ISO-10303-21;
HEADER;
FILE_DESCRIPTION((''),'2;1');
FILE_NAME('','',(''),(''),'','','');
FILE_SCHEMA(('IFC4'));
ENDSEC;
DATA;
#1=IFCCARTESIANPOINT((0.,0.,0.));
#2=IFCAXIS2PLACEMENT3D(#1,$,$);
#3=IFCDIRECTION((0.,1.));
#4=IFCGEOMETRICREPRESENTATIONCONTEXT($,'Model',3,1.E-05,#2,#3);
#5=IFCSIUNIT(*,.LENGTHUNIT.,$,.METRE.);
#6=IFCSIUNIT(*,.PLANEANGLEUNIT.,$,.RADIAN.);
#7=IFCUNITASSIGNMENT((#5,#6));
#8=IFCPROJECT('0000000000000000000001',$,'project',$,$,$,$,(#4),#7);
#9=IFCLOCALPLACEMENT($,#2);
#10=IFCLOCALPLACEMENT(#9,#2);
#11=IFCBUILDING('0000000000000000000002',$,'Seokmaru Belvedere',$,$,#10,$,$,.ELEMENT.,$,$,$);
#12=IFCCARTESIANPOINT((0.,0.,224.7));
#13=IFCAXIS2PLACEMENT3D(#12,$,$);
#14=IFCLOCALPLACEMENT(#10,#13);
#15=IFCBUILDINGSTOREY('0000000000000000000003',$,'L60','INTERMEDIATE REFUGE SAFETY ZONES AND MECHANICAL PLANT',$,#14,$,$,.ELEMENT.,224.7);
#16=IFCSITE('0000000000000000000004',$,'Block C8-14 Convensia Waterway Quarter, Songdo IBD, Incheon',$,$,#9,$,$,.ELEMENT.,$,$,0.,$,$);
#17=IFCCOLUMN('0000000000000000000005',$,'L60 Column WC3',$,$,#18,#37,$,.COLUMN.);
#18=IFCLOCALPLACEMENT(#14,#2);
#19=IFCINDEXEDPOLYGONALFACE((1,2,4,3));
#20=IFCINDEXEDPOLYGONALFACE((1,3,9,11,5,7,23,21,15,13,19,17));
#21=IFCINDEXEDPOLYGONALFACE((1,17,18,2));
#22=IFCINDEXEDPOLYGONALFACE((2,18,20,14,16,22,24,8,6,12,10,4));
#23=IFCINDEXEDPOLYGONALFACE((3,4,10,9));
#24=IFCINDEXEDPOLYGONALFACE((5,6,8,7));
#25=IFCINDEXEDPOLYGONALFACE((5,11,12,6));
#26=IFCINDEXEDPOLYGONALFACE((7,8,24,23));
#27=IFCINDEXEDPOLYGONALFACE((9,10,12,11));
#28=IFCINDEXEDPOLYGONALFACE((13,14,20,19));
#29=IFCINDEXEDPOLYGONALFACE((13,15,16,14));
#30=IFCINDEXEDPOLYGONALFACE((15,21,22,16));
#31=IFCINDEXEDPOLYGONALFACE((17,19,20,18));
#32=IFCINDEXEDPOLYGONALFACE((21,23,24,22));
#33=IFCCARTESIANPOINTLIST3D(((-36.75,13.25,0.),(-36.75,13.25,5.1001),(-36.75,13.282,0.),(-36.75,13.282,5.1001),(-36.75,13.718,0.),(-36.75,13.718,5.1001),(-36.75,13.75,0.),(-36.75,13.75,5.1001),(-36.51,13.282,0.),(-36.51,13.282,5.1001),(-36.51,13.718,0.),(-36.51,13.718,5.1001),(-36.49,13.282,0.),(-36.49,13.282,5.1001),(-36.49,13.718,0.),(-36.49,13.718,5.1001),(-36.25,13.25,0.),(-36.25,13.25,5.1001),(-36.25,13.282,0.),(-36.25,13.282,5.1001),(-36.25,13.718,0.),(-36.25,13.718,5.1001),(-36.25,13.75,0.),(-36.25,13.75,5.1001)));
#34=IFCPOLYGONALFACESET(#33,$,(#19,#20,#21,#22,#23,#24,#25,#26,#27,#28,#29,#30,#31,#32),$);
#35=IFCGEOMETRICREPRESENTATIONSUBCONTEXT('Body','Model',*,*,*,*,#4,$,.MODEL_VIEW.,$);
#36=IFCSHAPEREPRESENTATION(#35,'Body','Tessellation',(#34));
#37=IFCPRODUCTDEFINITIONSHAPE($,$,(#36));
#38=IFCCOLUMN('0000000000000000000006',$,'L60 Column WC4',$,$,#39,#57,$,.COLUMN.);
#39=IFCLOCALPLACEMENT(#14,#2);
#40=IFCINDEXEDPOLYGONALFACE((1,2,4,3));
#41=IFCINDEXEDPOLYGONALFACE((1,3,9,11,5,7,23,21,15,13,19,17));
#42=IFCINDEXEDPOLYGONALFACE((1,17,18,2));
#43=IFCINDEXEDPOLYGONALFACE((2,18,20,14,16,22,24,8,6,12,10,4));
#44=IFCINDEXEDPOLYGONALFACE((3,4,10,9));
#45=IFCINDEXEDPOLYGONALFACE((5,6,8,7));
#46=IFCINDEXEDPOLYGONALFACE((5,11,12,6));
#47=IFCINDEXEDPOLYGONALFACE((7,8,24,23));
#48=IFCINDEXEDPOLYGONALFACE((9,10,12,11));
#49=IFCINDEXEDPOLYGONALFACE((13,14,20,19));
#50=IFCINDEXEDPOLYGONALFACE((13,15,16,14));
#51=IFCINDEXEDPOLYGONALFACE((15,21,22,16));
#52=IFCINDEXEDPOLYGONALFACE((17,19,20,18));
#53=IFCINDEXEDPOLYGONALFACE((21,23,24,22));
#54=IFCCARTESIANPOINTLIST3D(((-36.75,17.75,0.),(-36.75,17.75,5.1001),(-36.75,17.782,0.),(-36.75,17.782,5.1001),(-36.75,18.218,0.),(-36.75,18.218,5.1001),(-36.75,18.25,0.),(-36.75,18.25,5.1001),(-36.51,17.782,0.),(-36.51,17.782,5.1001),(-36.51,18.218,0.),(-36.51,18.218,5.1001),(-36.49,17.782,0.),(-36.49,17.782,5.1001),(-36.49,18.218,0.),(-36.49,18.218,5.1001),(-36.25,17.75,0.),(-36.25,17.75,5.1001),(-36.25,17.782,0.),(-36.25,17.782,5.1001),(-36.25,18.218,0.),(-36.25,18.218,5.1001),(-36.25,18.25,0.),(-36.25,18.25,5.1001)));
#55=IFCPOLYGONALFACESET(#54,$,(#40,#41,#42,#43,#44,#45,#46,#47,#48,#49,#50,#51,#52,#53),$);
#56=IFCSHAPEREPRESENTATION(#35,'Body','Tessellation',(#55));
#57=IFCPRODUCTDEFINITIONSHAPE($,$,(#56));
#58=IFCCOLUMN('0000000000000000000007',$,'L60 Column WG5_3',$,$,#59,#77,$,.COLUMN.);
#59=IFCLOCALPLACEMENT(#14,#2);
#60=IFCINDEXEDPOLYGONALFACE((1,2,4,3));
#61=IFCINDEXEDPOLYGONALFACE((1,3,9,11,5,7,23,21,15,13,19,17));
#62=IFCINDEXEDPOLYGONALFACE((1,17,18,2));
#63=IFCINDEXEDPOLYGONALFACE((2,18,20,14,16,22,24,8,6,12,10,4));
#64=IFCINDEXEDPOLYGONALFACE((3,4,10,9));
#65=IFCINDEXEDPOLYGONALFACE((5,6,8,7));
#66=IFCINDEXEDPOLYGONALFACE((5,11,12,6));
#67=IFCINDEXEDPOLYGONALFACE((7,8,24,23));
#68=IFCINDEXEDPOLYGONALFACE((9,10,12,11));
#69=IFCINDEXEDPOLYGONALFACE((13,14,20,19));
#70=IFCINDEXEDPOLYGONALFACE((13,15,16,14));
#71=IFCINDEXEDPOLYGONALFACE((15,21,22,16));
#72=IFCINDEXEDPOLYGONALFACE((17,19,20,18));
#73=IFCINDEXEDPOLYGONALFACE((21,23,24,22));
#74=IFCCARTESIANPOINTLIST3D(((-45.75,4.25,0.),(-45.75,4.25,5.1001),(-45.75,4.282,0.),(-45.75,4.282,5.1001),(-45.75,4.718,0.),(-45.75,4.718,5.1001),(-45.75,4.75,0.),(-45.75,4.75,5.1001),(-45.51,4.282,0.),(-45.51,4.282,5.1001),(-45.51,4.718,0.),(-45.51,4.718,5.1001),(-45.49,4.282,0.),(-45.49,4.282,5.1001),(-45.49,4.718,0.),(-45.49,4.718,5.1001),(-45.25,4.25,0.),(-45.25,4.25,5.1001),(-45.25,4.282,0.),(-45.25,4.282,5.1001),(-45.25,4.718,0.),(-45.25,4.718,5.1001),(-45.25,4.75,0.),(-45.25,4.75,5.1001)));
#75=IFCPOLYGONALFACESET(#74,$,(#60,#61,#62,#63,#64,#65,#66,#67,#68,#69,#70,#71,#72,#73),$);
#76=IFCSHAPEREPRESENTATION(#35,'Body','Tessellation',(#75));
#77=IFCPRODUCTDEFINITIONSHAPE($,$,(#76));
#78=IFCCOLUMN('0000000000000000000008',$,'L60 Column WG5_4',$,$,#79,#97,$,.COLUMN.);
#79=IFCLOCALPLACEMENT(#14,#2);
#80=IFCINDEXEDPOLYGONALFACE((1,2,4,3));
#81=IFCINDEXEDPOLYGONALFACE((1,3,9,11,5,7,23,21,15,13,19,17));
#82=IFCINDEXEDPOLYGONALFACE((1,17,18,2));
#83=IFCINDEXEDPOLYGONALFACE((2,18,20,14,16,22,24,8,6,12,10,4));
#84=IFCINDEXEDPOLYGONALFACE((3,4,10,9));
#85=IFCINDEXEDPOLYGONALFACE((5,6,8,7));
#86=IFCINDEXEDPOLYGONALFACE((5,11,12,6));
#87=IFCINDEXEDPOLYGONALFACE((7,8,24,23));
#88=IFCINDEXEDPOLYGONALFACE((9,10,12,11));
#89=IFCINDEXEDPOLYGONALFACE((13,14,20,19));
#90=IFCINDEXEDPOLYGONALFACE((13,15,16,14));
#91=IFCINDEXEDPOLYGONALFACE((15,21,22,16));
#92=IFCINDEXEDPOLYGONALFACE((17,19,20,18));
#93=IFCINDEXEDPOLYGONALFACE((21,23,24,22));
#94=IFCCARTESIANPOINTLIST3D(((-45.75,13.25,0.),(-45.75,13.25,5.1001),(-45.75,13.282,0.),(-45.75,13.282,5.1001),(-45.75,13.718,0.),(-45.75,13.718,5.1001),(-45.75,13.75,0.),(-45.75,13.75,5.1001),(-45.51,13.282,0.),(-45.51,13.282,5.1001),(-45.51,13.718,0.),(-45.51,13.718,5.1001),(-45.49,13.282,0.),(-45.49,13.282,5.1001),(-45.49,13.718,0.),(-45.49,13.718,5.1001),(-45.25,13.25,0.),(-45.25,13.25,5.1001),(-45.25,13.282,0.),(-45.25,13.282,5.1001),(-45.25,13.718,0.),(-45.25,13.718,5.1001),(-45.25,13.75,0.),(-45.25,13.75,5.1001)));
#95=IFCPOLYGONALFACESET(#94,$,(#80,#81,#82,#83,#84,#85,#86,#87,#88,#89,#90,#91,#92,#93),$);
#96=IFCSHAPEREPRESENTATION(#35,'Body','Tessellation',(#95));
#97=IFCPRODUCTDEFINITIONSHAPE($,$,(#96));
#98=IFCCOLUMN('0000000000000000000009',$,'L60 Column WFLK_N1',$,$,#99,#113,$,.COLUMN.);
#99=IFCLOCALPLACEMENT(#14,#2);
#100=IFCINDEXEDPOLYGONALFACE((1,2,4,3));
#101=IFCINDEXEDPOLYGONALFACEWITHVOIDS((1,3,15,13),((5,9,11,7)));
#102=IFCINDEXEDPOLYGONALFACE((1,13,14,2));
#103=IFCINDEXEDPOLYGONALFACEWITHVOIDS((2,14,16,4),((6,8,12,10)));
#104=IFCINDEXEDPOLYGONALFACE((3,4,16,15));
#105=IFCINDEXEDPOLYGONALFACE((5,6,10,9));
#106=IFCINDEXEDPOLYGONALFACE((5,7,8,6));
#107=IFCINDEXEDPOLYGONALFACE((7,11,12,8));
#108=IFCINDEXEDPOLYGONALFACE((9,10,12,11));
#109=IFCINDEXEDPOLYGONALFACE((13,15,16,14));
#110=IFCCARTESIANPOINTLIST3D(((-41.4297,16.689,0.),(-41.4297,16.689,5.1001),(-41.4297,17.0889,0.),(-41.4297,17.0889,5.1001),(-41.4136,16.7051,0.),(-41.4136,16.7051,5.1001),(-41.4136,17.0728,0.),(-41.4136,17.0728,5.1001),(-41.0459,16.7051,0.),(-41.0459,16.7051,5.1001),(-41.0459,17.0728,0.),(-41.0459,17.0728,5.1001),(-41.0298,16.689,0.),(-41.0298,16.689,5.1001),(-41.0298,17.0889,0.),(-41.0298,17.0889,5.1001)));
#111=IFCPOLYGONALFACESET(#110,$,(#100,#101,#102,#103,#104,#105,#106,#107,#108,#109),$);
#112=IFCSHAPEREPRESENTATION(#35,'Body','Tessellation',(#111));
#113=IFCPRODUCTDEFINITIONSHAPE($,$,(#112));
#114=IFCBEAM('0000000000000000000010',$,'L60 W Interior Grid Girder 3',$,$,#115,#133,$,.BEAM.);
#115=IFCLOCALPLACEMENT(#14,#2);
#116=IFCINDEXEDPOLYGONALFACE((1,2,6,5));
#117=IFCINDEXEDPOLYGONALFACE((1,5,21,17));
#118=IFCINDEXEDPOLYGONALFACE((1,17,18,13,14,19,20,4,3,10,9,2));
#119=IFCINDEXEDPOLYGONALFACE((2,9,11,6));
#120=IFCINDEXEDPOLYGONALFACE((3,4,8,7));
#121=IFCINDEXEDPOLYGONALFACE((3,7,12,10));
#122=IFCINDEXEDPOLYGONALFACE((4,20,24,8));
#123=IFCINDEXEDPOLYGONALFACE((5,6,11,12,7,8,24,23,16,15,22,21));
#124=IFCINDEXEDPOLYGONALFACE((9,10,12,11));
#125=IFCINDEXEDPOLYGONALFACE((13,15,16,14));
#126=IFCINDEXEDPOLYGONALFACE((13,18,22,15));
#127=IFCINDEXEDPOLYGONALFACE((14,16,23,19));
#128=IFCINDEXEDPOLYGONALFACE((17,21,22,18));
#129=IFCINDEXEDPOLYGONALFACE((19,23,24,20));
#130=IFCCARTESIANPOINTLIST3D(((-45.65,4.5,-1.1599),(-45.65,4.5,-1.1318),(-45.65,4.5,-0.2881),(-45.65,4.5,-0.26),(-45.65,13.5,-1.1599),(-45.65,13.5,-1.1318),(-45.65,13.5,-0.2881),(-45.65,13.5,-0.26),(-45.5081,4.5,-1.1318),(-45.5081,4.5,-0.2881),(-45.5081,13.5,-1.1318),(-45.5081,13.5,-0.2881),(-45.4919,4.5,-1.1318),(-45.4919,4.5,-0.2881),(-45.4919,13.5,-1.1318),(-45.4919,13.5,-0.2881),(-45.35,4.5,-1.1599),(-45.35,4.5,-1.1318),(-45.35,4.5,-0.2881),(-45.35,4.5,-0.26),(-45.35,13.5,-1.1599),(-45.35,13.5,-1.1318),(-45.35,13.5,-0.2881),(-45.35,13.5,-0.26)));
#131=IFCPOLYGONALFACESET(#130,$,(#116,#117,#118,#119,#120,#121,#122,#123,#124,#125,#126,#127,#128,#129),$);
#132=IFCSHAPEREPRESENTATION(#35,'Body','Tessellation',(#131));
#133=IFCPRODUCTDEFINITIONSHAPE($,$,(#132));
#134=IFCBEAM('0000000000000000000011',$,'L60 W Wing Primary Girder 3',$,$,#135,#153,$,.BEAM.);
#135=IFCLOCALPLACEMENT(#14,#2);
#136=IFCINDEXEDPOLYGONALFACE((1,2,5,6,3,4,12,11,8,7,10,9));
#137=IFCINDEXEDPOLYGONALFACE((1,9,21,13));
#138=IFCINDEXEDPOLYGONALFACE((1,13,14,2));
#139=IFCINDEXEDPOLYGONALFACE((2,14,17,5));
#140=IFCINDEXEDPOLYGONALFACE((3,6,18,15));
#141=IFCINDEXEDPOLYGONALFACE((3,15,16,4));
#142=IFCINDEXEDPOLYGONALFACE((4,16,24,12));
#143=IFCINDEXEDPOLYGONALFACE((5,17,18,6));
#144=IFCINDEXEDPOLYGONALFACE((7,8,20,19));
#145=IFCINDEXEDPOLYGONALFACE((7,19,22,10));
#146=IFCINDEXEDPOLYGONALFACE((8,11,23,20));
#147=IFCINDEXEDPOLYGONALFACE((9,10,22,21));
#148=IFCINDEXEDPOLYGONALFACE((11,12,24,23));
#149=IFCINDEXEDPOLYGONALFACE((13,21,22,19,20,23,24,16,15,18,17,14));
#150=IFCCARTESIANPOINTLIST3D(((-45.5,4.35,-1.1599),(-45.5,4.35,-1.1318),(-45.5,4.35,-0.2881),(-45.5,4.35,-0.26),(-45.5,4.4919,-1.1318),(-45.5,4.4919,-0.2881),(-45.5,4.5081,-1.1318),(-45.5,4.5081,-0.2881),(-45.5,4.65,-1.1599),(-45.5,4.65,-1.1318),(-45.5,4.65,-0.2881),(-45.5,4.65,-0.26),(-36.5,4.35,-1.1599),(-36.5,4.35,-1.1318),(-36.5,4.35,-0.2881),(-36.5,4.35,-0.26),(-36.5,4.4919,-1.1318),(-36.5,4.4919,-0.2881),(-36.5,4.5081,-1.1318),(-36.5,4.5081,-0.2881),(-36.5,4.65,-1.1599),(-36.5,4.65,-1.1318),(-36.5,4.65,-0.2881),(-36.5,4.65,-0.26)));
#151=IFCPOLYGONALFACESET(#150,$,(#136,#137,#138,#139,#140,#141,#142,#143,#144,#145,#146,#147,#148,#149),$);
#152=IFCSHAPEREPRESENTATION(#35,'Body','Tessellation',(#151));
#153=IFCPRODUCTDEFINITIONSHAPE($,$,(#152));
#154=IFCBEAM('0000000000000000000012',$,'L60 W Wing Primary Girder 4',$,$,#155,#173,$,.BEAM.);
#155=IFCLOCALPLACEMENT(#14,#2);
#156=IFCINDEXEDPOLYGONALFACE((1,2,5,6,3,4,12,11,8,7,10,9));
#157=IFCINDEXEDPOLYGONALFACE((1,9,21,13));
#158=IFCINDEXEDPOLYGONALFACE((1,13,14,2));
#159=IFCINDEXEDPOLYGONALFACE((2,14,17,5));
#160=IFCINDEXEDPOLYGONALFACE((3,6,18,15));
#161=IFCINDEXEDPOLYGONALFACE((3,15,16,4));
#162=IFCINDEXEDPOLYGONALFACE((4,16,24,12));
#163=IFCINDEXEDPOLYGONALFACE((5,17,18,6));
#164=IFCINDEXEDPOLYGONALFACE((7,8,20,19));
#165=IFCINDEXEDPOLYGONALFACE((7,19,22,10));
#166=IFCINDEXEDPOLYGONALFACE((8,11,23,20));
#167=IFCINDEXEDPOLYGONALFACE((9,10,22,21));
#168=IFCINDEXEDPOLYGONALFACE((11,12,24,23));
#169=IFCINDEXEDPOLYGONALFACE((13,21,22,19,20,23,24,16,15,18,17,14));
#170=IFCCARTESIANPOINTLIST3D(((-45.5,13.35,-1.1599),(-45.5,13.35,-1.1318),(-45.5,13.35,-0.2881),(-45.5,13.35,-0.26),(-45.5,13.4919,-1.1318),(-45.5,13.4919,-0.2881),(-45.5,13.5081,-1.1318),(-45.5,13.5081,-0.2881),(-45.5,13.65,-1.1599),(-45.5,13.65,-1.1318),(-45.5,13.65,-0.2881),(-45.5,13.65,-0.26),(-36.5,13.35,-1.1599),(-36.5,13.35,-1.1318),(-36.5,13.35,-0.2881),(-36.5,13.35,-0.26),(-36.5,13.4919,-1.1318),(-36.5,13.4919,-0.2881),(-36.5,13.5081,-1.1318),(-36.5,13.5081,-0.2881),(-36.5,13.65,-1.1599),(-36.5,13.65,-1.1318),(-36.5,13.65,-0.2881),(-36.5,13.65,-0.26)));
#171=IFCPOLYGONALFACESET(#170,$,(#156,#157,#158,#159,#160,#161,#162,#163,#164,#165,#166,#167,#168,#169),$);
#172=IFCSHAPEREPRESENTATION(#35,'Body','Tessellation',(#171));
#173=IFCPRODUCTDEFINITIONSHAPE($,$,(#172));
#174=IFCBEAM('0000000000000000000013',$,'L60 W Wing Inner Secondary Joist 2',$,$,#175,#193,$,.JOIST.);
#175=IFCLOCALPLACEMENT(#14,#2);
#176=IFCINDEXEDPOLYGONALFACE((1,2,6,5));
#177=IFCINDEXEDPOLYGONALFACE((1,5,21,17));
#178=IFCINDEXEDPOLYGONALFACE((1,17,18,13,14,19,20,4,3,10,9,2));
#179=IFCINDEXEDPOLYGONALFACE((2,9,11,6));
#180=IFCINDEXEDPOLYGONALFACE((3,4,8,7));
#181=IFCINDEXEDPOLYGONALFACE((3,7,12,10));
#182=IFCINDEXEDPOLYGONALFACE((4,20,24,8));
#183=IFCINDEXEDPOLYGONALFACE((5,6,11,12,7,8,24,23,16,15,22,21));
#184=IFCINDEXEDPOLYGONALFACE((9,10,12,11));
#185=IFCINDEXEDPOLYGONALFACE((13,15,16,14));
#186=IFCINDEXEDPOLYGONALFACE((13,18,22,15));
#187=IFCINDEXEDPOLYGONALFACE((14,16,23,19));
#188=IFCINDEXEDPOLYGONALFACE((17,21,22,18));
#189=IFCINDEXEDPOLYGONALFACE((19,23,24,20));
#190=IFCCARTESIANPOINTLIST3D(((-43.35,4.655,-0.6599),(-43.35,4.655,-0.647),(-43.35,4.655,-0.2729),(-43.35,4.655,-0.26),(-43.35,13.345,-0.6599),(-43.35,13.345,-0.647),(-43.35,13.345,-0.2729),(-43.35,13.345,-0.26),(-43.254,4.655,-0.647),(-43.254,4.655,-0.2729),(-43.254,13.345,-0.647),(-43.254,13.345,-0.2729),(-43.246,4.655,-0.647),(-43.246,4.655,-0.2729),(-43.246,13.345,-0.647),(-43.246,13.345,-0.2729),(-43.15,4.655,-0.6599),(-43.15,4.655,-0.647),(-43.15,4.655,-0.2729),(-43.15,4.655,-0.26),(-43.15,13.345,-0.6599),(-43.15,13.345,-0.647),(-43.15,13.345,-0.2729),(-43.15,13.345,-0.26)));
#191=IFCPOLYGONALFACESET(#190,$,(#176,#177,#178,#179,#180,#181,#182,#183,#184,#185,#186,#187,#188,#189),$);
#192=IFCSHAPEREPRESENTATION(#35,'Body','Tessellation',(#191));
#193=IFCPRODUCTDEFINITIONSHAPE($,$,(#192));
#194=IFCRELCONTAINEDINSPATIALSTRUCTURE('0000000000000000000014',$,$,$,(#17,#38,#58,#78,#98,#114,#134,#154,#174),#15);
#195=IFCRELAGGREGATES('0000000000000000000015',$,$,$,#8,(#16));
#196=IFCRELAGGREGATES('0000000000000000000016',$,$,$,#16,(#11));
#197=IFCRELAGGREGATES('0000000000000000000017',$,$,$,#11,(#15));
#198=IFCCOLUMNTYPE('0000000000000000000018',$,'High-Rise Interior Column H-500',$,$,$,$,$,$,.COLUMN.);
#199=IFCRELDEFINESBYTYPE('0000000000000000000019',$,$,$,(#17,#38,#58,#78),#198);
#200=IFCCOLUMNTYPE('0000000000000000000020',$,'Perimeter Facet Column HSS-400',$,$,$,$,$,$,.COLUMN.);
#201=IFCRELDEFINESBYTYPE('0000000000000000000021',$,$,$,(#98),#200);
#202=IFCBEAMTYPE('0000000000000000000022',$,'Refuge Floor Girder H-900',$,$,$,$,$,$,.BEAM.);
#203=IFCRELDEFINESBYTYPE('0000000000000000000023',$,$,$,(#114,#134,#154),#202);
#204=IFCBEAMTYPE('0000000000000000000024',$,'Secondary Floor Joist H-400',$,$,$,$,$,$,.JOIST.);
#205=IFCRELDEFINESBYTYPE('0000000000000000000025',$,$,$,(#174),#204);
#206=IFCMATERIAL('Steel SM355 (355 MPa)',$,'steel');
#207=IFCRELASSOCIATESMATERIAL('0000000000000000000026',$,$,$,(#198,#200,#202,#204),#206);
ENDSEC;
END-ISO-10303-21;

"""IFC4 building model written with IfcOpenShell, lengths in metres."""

from ifc_helpers import new_model, si_unit, direction, frame, origin, origin_2d, place, context, subcontext, project, spatial, hollow_rectangle, i_section, extrude, source, transform, mapped, material, material_profile, profile_set, type_object, type_shapes, element, save


model = new_model("IFC4")

# Units and contexts
model_context = context("Model", 3, precision=1e-05, world=origin(), true_north=direction((0.0, 1.0)))
body_context = subcontext(model_context, "Body", "Model", "MODEL_VIEW")
ifc_project = project(units=[si_unit("LENGTHUNIT", "METRE"), si_unit("PLANEANGLEUNIT", "RADIAN")], contexts=[model_context])

# Site, building, storey
site_placement = place(None, origin())
site = spatial("IfcSite", under=ifc_project, at=site_placement, Name="Block C8-14 Convensia Waterway Quarter, Songdo IBD, Incheon", CompositionType="ELEMENT", RefElevation=0.0)
building_placement = place(site_placement, origin())
building = spatial("IfcBuilding", under=site, at=building_placement, Name="Seokmaru Belvedere", CompositionType="ELEMENT")
storey_placement = place(building_placement, frame((0.0, 0.0, 224.7)))
storey = spatial("IfcBuildingStorey", under=building, at=storey_placement, Name="L60", Description="INTERMEDIATE REFUGE SAFETY ZONES AND MECHANICAL PLANT", CompositionType="ELEMENT", Elevation=224.7)

# Columns
ifc_material_1 = material(Name="Steel SM355 (355 MPa)", Category="steel")
ifc_material_profile_1 = material_profile(ifc_material_1, i_section(OverallWidth=0.5, OverallDepth=0.5, WebThickness=0.02, FlangeThickness=0.032, at=origin_2d()), Name="H-500x500x20x32")
ifc_profile_set_1 = profile_set([ifc_material_profile_1], Name="Steel SM355 (355 MPa)")
column_type_1 = type_object("IfcColumnType", Name="High-Rise Interior Column H-500", PredefinedType="COLUMN", material=ifc_profile_set_1)
shared_shape_1 = source(origin(), body_context, "Body", "SweptSolid", [
    extrude(i_section(OverallWidth=0.5, OverallDepth=0.5, WebThickness=0.02, FlangeThickness=0.032, at=origin_2d()), origin(), (0.0, 0.0, 1.0), 5.1001),
])
type_shapes(column_type_1, [shared_shape_1])
for number, where, z_axis, x_axis, name in (
    (1, (-36.5, 13.5, 0.0), (0.0, 0.0, 1.0), (1.0, 0.0, 0.0), "L60 Column WC3"),
    (2, (-36.5, 18.0, 0.0), (0.0, 0.0, 1.0), (1.0, 0.0, 0.0), "L60 Column WC4"),
    (3, (-45.5, 4.5, 0.0), (0.0, 0.0, 1.0), (1.0, 0.0, 0.0), "L60 Column WG5_3"),
    (4, (-45.5, 13.5, 0.0), (0.0, 0.0, 1.0), (1.0, 0.0, 0.0), "L60 Column WG5_4"),
):
    element("IfcColumn", number, at=place(storey_placement, frame(where, z_axis=z_axis, x_axis=x_axis)), inside=storey, type_object=column_type_1, Name=name, PredefinedType="COLUMN", context=body_context, shape_type="MappedRepresentation", body=[
        mapped(shared_shape_1, transform((0.0, 0.0, 0.0), scale=1.0)),
    ])
ifc_material_profile_2 = material_profile(ifc_material_1, hollow_rectangle(XDim=0.3999, YDim=0.3999, WallThickness=0.0161, at=origin_2d()), Name="HSS-400x400x16")
ifc_profile_set_2 = profile_set([ifc_material_profile_2], Name="Steel SM355 (355 MPa)")
column_type_2 = type_object("IfcColumnType", Name="Perimeter Facet Column HSS-400", PredefinedType="COLUMN", material=ifc_profile_set_2)
shared_shape_2 = source(origin(), body_context, "Body", "SweptSolid", [
    extrude(hollow_rectangle(XDim=0.3999, YDim=0.3999, WallThickness=0.0161, at=origin_2d()), origin(), (0.0, 0.0, 1.0), 5.1001),
])
type_shapes(column_type_2, [shared_shape_2])
column_placement = place(storey_placement, frame((-41.2297, 16.8889, 0.0), z_axis=(0.0, 0.0, 1.0), x_axis=(1.0, 0.0, 0.0)))
element("IfcColumn", 5, at=column_placement, inside=storey, type_object=column_type_2, Name="L60 Column WFLK_N1", PredefinedType="COLUMN", context=body_context, shape_type="MappedRepresentation", body=[
    mapped(shared_shape_2, transform((0.0, 0.0, 0.0), scale=1.0)),
])

# Beams
ifc_material_profile_3 = material_profile(ifc_material_1, i_section(OverallWidth=0.3, OverallDepth=0.8999, WebThickness=0.0161, FlangeThickness=0.0281, at=origin_2d()), Name="H-900x300x16x28")
ifc_profile_set_3 = profile_set([ifc_material_profile_3], Name="Steel SM355 (355 MPa)")
beam_type_1 = type_object("IfcBeamType", Name="Refuge Floor Girder H-900", PredefinedType="BEAM", material=ifc_profile_set_3)
shared_shape_3 = source(origin(), body_context, "Body", "SweptSolid", [
    extrude(i_section(OverallWidth=0.3, OverallDepth=0.8999, WebThickness=0.0161, FlangeThickness=0.0281, at=origin_2d()), origin(), (0.0, 0.0, 1.0), 9.0),
])
for number, where, z_axis, x_axis, name in (
    (6, (-45.5, 4.5, -0.71), (0.0, 1.0, 0.0), (-1.0, 0.0, 0.0), "L60 W Interior Grid Girder 3"),
    (7, (-45.5, 4.5, -0.71), (1.0, 0.0, 0.0), (0.0, 1.0, 0.0), "L60 W Wing Primary Girder 3"),
    (8, (-45.5, 13.5, -0.71), (1.0, 0.0, 0.0), (0.0, 1.0, 0.0), "L60 W Wing Primary Girder 4"),
):
    element("IfcBeam", number, at=place(storey_placement, frame(where, z_axis=z_axis, x_axis=x_axis)), inside=storey, type_object=beam_type_1, Name=name, PredefinedType="BEAM", context=body_context, shape_type="MappedRepresentation", body=[
        mapped(shared_shape_3, transform((0.0, 0.0, 0.0), scale=1.0)),
    ])
ifc_material_profile_4 = material_profile(ifc_material_1, i_section(OverallWidth=0.2, OverallDepth=0.3999, WebThickness=0.0081, FlangeThickness=0.0129, at=origin_2d()), Name="H-400x200x8x13")
ifc_profile_set_4 = profile_set([ifc_material_profile_4], Name="Steel SM355 (355 MPa)")
beam_type_2 = type_object("IfcBeamType", Name="Secondary Floor Joist H-400", PredefinedType="JOIST", material=ifc_profile_set_4)
shared_shape_4 = source(origin(), body_context, "Body", "SweptSolid", [
    extrude(i_section(OverallWidth=0.2, OverallDepth=0.3999, WebThickness=0.0081, FlangeThickness=0.0129, at=origin_2d()), origin(), (0.0, 0.0, 1.0), 8.6899),
])
type_shapes(beam_type_2, [shared_shape_4])
for number, where, z_axis, x_axis, name in (
    (9, (-43.25, 4.655, -0.46), (0.0, 1.0, 0.0), (-1.0, 0.0, 0.0), "L60 W Wing Inner Secondary Joist 2"),
):
    element("IfcBeam", number, at=place(storey_placement, frame(where, z_axis=z_axis, x_axis=x_axis)), inside=storey, type_object=beam_type_2, Name=name, PredefinedType="JOIST", context=body_context, shape_type="MappedRepresentation", body=[
        mapped(shared_shape_4, transform((0.0, 0.0, 0.0), scale=1.0)),
    ])

save(model, "model.ifc")
